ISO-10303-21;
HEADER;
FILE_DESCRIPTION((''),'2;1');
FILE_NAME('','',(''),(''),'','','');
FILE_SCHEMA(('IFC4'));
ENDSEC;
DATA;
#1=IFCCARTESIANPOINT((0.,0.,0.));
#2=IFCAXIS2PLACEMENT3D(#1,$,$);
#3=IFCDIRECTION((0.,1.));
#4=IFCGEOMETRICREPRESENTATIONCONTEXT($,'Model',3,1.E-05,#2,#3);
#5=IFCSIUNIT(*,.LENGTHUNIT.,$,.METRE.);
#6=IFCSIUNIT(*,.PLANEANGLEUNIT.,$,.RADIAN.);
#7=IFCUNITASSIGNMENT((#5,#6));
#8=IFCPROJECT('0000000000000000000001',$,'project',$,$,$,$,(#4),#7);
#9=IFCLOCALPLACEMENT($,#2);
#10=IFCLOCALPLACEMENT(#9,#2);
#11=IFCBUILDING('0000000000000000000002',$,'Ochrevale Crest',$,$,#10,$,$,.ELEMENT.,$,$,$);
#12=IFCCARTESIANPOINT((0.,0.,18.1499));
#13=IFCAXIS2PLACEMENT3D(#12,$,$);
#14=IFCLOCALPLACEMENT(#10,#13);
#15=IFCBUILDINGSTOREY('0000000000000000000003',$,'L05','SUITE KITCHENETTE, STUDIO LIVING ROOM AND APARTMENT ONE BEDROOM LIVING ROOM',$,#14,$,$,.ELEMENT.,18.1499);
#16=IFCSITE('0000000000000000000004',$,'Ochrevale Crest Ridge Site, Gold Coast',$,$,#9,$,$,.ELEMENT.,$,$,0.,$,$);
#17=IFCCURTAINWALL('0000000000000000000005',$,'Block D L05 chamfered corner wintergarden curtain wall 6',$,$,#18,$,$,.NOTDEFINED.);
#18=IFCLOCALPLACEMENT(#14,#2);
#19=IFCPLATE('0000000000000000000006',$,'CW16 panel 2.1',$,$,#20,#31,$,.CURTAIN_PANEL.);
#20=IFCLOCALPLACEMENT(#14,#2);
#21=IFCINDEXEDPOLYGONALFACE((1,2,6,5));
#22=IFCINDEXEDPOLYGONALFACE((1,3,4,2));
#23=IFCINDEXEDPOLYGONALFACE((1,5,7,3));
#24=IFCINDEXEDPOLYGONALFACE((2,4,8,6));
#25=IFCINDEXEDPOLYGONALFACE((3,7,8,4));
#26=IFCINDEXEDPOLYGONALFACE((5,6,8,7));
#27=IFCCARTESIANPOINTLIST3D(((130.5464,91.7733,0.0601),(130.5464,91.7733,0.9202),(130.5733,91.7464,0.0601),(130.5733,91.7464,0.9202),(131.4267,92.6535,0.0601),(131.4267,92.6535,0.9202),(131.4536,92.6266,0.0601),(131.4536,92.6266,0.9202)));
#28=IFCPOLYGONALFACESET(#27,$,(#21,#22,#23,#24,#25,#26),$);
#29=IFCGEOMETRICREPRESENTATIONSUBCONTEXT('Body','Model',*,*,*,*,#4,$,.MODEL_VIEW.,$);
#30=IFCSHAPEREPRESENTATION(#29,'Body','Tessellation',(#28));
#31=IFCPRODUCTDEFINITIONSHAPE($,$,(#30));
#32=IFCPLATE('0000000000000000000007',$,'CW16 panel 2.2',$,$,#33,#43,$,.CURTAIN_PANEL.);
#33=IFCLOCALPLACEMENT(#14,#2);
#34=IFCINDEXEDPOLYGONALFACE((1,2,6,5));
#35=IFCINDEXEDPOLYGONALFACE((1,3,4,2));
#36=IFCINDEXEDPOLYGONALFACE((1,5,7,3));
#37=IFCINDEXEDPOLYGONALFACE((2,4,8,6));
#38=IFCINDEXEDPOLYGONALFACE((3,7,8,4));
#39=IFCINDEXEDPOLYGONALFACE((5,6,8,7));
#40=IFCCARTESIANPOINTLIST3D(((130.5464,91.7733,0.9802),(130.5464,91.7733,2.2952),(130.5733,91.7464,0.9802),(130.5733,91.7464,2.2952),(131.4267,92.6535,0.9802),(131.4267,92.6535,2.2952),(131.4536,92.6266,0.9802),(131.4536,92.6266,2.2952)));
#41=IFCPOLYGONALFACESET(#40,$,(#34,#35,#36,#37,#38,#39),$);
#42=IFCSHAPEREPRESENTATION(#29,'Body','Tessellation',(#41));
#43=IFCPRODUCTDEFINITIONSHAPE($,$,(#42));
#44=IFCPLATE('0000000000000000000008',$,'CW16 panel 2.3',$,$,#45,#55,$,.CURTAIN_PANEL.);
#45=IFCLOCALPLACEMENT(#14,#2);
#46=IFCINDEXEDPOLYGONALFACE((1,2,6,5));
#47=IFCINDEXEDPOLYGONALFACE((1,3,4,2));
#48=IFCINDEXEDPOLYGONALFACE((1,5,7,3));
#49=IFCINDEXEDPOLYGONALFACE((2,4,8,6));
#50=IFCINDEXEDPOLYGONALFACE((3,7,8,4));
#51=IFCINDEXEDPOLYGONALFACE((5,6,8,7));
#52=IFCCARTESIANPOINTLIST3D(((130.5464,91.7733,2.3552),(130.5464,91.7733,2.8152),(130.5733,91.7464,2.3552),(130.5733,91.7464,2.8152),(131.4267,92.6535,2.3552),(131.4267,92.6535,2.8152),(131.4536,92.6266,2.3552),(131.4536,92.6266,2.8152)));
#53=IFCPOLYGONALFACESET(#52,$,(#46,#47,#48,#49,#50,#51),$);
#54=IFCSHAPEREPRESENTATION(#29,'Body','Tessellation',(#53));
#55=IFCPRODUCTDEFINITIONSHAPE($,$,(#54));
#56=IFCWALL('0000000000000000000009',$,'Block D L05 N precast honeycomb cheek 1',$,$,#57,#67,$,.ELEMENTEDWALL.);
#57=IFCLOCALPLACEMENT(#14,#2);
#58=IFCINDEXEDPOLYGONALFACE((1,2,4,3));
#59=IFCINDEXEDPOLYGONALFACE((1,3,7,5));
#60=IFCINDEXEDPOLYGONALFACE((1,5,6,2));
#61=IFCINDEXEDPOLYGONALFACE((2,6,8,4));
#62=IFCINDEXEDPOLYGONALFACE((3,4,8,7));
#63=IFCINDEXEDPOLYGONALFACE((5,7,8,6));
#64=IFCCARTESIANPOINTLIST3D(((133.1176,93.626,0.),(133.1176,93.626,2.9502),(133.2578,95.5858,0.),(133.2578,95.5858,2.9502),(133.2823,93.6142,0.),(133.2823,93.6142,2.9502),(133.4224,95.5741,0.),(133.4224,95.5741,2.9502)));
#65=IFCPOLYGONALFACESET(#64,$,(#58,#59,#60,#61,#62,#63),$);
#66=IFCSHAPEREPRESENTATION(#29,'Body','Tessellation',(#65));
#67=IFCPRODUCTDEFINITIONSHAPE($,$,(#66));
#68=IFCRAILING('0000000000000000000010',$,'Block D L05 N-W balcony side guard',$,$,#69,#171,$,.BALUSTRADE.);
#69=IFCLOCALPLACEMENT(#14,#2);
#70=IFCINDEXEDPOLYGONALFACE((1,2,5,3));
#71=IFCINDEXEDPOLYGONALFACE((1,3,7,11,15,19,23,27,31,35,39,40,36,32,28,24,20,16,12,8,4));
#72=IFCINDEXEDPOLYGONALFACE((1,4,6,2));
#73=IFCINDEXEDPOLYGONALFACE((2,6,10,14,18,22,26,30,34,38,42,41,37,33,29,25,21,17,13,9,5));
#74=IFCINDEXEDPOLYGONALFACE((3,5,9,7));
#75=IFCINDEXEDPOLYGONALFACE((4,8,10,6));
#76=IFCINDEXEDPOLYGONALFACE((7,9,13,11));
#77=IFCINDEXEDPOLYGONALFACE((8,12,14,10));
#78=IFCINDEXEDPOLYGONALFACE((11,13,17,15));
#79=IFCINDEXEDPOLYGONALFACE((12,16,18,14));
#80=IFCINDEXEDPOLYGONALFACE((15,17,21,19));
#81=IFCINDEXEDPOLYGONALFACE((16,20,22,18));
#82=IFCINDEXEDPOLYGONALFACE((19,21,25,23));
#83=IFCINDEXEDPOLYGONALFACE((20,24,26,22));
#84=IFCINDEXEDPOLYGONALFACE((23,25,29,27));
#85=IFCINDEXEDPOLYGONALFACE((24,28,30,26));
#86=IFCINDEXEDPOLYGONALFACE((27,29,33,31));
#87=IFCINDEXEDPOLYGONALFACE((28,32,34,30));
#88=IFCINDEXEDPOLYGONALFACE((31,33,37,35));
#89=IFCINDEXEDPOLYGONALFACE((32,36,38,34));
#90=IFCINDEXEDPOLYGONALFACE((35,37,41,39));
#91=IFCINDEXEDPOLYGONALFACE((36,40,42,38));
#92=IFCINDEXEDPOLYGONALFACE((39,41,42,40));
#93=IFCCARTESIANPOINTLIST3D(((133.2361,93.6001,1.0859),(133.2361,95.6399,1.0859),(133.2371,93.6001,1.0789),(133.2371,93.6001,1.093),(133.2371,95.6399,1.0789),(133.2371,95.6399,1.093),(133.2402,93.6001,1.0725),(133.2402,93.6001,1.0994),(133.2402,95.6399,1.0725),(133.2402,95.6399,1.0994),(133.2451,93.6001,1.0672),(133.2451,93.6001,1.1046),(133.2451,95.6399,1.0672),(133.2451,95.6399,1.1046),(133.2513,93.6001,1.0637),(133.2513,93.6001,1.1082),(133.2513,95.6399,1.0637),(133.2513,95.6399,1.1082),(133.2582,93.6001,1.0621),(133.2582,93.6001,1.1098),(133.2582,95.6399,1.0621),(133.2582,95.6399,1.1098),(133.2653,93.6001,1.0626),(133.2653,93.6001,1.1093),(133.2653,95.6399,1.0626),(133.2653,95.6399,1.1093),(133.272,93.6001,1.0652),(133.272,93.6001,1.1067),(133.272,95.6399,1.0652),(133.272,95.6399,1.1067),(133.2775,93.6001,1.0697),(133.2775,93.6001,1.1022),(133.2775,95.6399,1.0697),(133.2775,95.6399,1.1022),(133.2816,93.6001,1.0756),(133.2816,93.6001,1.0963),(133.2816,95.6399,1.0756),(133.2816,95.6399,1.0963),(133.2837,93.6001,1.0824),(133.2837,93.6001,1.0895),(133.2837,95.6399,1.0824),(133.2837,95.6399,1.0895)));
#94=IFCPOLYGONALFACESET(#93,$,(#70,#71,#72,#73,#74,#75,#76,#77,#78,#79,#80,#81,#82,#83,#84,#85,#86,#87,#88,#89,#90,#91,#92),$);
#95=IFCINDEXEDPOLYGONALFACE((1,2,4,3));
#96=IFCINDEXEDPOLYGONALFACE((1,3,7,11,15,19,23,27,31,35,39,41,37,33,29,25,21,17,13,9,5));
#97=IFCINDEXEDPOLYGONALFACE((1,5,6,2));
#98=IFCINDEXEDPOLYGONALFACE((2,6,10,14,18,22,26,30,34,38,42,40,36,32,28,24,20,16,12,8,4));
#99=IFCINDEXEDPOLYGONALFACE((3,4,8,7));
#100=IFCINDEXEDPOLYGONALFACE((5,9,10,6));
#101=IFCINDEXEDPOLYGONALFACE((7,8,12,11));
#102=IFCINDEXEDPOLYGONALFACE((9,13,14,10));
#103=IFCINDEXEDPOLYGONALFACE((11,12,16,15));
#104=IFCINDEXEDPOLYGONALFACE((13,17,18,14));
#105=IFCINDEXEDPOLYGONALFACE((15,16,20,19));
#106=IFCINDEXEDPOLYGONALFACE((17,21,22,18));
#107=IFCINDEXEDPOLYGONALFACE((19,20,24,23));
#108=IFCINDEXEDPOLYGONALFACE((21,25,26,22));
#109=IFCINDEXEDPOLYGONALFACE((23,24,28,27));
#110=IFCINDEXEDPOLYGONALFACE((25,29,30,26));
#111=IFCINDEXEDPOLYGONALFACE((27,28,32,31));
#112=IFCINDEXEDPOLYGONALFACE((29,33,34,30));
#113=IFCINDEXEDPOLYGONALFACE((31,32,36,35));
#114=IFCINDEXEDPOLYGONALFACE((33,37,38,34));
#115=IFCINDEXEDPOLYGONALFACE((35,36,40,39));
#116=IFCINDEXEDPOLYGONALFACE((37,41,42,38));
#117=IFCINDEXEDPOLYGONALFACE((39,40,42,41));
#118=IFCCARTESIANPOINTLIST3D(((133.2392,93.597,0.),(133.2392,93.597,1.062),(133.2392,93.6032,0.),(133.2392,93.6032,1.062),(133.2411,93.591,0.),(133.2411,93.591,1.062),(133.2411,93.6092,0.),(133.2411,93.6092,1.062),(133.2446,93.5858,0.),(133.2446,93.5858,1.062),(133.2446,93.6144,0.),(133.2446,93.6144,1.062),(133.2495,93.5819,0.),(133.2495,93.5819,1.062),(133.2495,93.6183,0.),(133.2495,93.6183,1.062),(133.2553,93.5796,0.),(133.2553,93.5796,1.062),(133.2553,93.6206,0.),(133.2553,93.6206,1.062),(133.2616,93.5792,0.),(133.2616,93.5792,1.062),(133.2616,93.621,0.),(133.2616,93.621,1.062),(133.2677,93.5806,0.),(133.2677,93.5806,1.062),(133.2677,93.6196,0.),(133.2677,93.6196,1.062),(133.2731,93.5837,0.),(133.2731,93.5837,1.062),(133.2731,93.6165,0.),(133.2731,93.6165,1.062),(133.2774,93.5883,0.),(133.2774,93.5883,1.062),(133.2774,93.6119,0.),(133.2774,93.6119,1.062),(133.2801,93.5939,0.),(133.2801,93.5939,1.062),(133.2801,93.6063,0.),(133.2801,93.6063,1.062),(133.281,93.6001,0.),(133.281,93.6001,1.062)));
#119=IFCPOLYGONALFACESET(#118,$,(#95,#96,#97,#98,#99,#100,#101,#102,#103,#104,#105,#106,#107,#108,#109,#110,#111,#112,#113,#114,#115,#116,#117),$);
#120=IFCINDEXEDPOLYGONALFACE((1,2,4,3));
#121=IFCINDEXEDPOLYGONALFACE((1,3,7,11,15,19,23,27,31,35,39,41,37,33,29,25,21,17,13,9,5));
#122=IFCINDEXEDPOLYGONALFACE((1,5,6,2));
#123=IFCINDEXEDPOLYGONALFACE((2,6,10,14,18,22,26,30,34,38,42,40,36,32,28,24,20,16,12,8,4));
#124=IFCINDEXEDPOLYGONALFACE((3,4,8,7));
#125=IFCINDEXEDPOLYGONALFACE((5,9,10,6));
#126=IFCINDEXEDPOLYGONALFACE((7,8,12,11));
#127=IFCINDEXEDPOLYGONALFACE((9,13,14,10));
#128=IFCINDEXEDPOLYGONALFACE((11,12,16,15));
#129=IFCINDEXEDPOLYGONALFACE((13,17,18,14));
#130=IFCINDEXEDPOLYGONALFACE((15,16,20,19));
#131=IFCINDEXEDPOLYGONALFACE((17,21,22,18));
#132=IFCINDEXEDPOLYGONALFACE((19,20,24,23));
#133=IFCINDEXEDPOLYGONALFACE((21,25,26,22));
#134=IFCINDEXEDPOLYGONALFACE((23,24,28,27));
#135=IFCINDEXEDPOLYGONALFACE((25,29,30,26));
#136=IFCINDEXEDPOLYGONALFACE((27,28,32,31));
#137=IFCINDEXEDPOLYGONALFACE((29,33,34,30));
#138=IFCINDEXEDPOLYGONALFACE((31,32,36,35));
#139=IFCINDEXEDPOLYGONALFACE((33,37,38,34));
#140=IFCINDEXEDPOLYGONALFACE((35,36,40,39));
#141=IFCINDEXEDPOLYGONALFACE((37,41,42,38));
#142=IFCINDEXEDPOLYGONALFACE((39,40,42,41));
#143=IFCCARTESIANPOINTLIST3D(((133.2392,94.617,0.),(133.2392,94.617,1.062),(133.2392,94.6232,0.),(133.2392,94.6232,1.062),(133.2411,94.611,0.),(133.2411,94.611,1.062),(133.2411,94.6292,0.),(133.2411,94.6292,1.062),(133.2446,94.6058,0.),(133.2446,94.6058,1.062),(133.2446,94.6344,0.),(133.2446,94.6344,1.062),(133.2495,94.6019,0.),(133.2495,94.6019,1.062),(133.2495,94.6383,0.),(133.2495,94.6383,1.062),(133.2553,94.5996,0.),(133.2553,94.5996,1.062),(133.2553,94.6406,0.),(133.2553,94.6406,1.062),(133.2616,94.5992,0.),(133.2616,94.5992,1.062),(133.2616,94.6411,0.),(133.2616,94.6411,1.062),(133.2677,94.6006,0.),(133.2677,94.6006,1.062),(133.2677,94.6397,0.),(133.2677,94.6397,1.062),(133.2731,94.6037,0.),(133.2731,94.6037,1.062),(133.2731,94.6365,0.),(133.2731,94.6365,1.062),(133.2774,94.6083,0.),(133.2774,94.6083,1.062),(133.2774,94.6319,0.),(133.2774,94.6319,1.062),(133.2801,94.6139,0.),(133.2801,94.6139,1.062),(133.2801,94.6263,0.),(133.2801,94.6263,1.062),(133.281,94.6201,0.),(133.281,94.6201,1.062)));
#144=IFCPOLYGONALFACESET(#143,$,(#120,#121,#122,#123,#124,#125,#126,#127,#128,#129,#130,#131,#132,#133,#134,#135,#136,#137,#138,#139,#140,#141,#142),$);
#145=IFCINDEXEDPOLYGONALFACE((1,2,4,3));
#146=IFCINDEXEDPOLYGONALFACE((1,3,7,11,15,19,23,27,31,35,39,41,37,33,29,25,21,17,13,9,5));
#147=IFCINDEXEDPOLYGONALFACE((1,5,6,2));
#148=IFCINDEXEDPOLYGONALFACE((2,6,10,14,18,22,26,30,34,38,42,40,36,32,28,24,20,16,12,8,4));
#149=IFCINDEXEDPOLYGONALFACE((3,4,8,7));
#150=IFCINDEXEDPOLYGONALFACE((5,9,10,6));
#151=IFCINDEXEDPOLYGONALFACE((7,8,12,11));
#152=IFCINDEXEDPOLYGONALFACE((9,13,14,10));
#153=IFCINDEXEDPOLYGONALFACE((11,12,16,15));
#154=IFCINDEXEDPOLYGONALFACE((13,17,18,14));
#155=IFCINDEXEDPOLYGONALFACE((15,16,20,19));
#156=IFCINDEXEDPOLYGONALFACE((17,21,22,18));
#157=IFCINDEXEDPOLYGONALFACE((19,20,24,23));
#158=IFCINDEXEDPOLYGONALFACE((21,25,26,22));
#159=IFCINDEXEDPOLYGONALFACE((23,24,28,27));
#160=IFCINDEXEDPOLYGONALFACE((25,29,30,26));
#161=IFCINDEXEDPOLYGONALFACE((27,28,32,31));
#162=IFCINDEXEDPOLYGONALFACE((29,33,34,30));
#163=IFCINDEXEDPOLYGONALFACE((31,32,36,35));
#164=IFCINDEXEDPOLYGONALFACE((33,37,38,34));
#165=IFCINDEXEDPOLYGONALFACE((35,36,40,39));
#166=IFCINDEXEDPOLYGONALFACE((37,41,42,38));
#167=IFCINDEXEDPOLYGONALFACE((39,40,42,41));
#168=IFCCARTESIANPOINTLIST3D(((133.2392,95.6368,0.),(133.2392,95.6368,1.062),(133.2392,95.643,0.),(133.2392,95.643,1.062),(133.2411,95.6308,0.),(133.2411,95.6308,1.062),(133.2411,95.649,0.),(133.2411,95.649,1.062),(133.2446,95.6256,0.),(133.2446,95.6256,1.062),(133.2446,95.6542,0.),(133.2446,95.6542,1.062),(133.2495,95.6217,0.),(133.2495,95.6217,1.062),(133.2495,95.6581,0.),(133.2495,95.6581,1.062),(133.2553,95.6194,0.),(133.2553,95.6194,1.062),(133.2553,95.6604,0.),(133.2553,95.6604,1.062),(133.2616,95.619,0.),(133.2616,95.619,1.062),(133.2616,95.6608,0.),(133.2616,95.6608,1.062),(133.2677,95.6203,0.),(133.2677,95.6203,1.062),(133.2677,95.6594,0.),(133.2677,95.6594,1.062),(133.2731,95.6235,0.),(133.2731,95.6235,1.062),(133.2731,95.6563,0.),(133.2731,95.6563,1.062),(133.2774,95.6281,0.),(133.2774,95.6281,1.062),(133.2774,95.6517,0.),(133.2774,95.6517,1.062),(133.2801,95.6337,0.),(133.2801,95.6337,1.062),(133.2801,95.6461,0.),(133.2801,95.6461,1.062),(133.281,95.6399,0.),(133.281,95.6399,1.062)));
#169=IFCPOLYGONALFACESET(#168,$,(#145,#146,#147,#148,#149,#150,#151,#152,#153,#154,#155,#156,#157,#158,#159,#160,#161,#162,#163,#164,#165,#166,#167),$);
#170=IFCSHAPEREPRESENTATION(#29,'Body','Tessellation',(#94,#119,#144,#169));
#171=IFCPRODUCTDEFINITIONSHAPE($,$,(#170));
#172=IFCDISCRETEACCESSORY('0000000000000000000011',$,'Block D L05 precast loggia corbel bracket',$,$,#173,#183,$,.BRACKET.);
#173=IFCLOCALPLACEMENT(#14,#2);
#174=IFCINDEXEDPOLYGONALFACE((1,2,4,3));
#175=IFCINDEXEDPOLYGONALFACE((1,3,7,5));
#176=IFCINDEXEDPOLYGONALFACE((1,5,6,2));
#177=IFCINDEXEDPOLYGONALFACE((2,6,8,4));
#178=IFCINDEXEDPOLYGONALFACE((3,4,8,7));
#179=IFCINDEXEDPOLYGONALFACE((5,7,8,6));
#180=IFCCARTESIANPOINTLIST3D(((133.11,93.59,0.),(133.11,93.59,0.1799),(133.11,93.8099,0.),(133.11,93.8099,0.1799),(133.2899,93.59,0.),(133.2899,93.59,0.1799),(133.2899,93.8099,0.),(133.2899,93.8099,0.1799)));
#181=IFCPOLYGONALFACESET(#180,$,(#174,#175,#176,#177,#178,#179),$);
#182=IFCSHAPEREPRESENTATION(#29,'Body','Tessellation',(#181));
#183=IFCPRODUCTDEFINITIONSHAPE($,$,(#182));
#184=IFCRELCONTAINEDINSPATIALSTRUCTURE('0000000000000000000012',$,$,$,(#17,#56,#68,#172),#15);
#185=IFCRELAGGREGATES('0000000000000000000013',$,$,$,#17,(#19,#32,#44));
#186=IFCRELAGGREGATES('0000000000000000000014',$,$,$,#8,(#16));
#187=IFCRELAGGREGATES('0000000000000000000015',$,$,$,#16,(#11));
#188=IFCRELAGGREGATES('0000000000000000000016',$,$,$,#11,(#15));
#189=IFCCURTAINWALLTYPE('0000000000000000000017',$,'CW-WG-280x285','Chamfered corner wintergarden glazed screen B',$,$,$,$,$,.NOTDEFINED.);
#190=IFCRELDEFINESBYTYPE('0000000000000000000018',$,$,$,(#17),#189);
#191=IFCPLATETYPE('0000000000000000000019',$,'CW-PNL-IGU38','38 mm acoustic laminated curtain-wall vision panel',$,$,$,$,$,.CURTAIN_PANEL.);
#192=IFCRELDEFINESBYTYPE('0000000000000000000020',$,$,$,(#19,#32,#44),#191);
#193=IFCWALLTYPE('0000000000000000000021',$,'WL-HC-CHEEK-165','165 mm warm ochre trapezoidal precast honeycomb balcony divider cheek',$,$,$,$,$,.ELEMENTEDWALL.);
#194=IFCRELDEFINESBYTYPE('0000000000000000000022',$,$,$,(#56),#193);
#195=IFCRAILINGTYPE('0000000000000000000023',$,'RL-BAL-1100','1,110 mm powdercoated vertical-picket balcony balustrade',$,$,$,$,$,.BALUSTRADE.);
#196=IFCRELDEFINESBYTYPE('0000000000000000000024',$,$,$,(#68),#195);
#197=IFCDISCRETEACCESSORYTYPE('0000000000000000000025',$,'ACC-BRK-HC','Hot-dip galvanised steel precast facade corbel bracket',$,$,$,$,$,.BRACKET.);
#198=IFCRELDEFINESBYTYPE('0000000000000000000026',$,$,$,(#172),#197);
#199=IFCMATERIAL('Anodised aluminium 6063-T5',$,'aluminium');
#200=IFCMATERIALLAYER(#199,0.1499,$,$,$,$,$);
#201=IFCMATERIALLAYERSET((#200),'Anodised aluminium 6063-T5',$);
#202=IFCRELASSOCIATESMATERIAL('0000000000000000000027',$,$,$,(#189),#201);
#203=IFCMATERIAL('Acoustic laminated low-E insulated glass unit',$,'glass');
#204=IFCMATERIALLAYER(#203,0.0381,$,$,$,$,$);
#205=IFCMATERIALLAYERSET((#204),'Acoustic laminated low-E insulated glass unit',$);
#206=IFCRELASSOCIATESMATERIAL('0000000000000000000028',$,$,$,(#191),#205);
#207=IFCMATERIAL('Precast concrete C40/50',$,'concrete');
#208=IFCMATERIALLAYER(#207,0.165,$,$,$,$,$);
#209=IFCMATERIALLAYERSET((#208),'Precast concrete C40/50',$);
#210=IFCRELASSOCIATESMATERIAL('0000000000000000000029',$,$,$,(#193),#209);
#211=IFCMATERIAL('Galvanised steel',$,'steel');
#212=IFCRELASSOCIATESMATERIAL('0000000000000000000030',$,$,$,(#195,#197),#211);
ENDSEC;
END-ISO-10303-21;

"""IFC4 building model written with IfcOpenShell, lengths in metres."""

from ifc_helpers import new_model, si_unit, direction, frame, frame_2d, origin, origin_2d, place, context, subcontext, project, spatial, rectangle, circle, extrude, material, layer, layer_set, type_object, element, aggregate, save


model = new_model("IFC4")

# Units and contexts
model_context = context("Model", 3, precision=1e-05, world=origin(), true_north=direction((0.0, 1.0)))
body_context = subcontext(model_context, "Body", "Model", "MODEL_VIEW")
ifc_project = project(units=[si_unit("LENGTHUNIT", "METRE"), si_unit("PLANEANGLEUNIT", "RADIAN")], contexts=[model_context])

# Site, building, storey
site_placement = place(None, origin())
site = spatial("IfcSite", under=ifc_project, at=site_placement, Name="Ochrevale Crest Ridge Site, Gold Coast", CompositionType="ELEMENT", RefElevation=0.0)
building_placement = place(site_placement, origin())
building = spatial("IfcBuilding", under=site, at=building_placement, Name="Ochrevale Crest", CompositionType="ELEMENT")
storey_placement = place(building_placement, frame((0.0, 0.0, 18.1499)))
storey = spatial("IfcBuildingStorey", under=building, at=storey_placement, Name="L05", Description="SUITE KITCHENETTE, STUDIO LIVING ROOM AND APARTMENT ONE BEDROOM LIVING ROOM", CompositionType="ELEMENT", Elevation=18.1499)

# Curtain wall, plates
ifc_material_1 = material(Name="Anodised aluminium 6063-T5", Category="aluminium")
ifc_layer_1 = layer(ifc_material_1, 0.1499)
ifc_layer_set_1 = layer_set([ifc_layer_1], Name="Anodised aluminium 6063-T5")
curtain_wall_type = type_object("IfcCurtainWallType", Name="CW-WG-280x285", Description="Chamfered corner wintergarden glazed screen B", PredefinedType="NOTDEFINED", material=ifc_layer_set_1)
curtain_wall_placement = place(storey_placement, origin())
curtain_wall = element("IfcCurtainWall", 1, at=curtain_wall_placement, inside=storey, type_object=curtain_wall_type, Name="Block D L05 chamfered corner wintergarden curtain wall 6", PredefinedType="NOTDEFINED")
ifc_material_2 = material(Name="Acoustic laminated low-E insulated glass unit", Category="glass")
ifc_layer_2 = layer(ifc_material_2, 0.0381)
ifc_layer_set_2 = layer_set([ifc_layer_2], Name="Acoustic laminated low-E insulated glass unit")
plate_type = type_object("IfcPlateType", Name="CW-PNL-IGU38", Description="38 mm acoustic laminated curtain-wall vision panel", PredefinedType="CURTAIN_PANEL", material=ifc_layer_set_2)
plate_1_placement = place(storey_placement, frame((131.0, 92.2, 0.0601), z_axis=(0.0, 0.0, 1.0), x_axis=(-0.707107, -0.707107, 0.0)))
plate_1 = element("IfcPlate", 2, at=plate_1_placement, type_object=plate_type, Name="CW16 panel 2.1", PredefinedType="CURTAIN_PANEL", context=body_context, shape_type="SweptSolid", body=[
    extrude(rectangle(XDim=1.2449, YDim=0.0381, at=origin_2d()), origin(), (0.0, 0.0, 1.0), 0.8601),
])
plate_2_placement = place(storey_placement, frame((131.0, 92.2, 0.9802), z_axis=(0.0, 0.0, 1.0), x_axis=(-0.707107, -0.707107, 0.0)))
plate_2 = element("IfcPlate", 3, at=plate_2_placement, type_object=plate_type, Name="CW16 panel 2.2", PredefinedType="CURTAIN_PANEL", context=body_context, shape_type="SweptSolid", body=[
    extrude(rectangle(XDim=1.2449, YDim=0.0381, at=origin_2d()), origin(), (0.0, 0.0, 1.0), 1.3149),
])
plate_3_placement = place(storey_placement, frame((131.0, 92.2, 2.3552), z_axis=(0.0, 0.0, 1.0), x_axis=(-0.707107, -0.707107, 0.0)))
plate_3 = element("IfcPlate", 4, at=plate_3_placement, type_object=plate_type, Name="CW16 panel 2.3", PredefinedType="CURTAIN_PANEL", context=body_context, shape_type="SweptSolid", body=[
    extrude(rectangle(XDim=1.2449, YDim=0.0381, at=origin_2d()), origin(), (0.0, 0.0, 1.0), 0.46),
])
aggregate(curtain_wall, [plate_1, plate_2, plate_3])

# Wall
ifc_material_3 = material(Name="Precast concrete C40/50", Category="concrete")
ifc_layer_3 = layer(ifc_material_3, 0.165)
ifc_layer_set_3 = layer_set([ifc_layer_3], Name="Precast concrete C40/50")
wall_type = type_object("IfcWallType", Name="WL-HC-CHEEK-165", Description="165 mm warm ochre trapezoidal precast honeycomb balcony divider cheek", PredefinedType="ELEMENTEDWALL", material=ifc_layer_set_3)
wall_placement = place(storey_placement, frame((133.2, 93.6201, 0.0), z_axis=(0.0, 0.0, 1.0), x_axis=(0.071318, 0.997454, 0.0)))
element("IfcWall", 5, at=wall_placement, inside=storey, type_object=wall_type, Name="Block D L05 N precast honeycomb cheek 1", PredefinedType="ELEMENTEDWALL", context=body_context, shape_type="SweptSolid", body=[
    extrude(rectangle(XDim=1.9648, YDim=0.165, at=frame_2d((0.9824, 0.0))), origin(), (0.0, 0.0, 1.0), 2.9502),
])

# Railing
ifc_material_4 = material(Name="Galvanised steel", Category="steel")
railing_type = type_object("IfcRailingType", Name="RL-BAL-1100", Description="1,110 mm powdercoated vertical-picket balcony balustrade", PredefinedType="BALUSTRADE", material=ifc_material_4)
railing_1_placement = place(storey_placement, frame((133.26, 93.6001, 0.0)))
element("IfcRailing", 6, at=railing_1_placement, inside=storey, type_object=railing_type, Name="Block D L05 N-W balcony side guard", PredefinedType="BALUSTRADE", context=body_context, shape_type="SweptSolid", body=[
    extrude(circle(Radius=0.0239, at=origin_2d()), frame((0.0, 0.0, 1.0859), z_axis=(0.0, 1.0, 0.0), x_axis=(-1.0, 0.0, 0.0)), (0.0, 0.0, 1.0), 2.0398),
    extrude(circle(Radius=0.021, at=origin_2d()), origin(), (0.0, 0.0, 1.0), 1.062),
    extrude(circle(Radius=0.021, at=origin_2d()), frame((0.0, 1.02, 0.0)), (0.0, 0.0, 1.0), 1.062),
    extrude(circle(Radius=0.021, at=origin_2d()), frame((0.0, 2.0398, 0.0)), (0.0, 0.0, 1.0), 1.062),
])

# Discrete accessory
discrete_accessory_type = type_object("IfcDiscreteAccessoryType", Name="ACC-BRK-HC", Description="Hot-dip galvanised steel precast facade corbel bracket", PredefinedType="BRACKET", material=ifc_material_4)
discrete_accessory_placement = place(storey_placement, frame((133.2, 93.7, 0.0), z_axis=(0.0, 0.0, 1.0), x_axis=(1.0, 0.0, 0.0)))
element("IfcDiscreteAccessory", 7, at=discrete_accessory_placement, inside=storey, type_object=discrete_accessory_type, Name="Block D L05 precast loggia corbel bracket", PredefinedType="BRACKET", context=body_context, shape_type="SweptSolid", body=[
    extrude(rectangle(XDim=0.1799, YDim=0.22, at=origin_2d()), origin(), (0.0, 0.0, 1.0), 0.1799),
])

save(model, "model.ifc")
